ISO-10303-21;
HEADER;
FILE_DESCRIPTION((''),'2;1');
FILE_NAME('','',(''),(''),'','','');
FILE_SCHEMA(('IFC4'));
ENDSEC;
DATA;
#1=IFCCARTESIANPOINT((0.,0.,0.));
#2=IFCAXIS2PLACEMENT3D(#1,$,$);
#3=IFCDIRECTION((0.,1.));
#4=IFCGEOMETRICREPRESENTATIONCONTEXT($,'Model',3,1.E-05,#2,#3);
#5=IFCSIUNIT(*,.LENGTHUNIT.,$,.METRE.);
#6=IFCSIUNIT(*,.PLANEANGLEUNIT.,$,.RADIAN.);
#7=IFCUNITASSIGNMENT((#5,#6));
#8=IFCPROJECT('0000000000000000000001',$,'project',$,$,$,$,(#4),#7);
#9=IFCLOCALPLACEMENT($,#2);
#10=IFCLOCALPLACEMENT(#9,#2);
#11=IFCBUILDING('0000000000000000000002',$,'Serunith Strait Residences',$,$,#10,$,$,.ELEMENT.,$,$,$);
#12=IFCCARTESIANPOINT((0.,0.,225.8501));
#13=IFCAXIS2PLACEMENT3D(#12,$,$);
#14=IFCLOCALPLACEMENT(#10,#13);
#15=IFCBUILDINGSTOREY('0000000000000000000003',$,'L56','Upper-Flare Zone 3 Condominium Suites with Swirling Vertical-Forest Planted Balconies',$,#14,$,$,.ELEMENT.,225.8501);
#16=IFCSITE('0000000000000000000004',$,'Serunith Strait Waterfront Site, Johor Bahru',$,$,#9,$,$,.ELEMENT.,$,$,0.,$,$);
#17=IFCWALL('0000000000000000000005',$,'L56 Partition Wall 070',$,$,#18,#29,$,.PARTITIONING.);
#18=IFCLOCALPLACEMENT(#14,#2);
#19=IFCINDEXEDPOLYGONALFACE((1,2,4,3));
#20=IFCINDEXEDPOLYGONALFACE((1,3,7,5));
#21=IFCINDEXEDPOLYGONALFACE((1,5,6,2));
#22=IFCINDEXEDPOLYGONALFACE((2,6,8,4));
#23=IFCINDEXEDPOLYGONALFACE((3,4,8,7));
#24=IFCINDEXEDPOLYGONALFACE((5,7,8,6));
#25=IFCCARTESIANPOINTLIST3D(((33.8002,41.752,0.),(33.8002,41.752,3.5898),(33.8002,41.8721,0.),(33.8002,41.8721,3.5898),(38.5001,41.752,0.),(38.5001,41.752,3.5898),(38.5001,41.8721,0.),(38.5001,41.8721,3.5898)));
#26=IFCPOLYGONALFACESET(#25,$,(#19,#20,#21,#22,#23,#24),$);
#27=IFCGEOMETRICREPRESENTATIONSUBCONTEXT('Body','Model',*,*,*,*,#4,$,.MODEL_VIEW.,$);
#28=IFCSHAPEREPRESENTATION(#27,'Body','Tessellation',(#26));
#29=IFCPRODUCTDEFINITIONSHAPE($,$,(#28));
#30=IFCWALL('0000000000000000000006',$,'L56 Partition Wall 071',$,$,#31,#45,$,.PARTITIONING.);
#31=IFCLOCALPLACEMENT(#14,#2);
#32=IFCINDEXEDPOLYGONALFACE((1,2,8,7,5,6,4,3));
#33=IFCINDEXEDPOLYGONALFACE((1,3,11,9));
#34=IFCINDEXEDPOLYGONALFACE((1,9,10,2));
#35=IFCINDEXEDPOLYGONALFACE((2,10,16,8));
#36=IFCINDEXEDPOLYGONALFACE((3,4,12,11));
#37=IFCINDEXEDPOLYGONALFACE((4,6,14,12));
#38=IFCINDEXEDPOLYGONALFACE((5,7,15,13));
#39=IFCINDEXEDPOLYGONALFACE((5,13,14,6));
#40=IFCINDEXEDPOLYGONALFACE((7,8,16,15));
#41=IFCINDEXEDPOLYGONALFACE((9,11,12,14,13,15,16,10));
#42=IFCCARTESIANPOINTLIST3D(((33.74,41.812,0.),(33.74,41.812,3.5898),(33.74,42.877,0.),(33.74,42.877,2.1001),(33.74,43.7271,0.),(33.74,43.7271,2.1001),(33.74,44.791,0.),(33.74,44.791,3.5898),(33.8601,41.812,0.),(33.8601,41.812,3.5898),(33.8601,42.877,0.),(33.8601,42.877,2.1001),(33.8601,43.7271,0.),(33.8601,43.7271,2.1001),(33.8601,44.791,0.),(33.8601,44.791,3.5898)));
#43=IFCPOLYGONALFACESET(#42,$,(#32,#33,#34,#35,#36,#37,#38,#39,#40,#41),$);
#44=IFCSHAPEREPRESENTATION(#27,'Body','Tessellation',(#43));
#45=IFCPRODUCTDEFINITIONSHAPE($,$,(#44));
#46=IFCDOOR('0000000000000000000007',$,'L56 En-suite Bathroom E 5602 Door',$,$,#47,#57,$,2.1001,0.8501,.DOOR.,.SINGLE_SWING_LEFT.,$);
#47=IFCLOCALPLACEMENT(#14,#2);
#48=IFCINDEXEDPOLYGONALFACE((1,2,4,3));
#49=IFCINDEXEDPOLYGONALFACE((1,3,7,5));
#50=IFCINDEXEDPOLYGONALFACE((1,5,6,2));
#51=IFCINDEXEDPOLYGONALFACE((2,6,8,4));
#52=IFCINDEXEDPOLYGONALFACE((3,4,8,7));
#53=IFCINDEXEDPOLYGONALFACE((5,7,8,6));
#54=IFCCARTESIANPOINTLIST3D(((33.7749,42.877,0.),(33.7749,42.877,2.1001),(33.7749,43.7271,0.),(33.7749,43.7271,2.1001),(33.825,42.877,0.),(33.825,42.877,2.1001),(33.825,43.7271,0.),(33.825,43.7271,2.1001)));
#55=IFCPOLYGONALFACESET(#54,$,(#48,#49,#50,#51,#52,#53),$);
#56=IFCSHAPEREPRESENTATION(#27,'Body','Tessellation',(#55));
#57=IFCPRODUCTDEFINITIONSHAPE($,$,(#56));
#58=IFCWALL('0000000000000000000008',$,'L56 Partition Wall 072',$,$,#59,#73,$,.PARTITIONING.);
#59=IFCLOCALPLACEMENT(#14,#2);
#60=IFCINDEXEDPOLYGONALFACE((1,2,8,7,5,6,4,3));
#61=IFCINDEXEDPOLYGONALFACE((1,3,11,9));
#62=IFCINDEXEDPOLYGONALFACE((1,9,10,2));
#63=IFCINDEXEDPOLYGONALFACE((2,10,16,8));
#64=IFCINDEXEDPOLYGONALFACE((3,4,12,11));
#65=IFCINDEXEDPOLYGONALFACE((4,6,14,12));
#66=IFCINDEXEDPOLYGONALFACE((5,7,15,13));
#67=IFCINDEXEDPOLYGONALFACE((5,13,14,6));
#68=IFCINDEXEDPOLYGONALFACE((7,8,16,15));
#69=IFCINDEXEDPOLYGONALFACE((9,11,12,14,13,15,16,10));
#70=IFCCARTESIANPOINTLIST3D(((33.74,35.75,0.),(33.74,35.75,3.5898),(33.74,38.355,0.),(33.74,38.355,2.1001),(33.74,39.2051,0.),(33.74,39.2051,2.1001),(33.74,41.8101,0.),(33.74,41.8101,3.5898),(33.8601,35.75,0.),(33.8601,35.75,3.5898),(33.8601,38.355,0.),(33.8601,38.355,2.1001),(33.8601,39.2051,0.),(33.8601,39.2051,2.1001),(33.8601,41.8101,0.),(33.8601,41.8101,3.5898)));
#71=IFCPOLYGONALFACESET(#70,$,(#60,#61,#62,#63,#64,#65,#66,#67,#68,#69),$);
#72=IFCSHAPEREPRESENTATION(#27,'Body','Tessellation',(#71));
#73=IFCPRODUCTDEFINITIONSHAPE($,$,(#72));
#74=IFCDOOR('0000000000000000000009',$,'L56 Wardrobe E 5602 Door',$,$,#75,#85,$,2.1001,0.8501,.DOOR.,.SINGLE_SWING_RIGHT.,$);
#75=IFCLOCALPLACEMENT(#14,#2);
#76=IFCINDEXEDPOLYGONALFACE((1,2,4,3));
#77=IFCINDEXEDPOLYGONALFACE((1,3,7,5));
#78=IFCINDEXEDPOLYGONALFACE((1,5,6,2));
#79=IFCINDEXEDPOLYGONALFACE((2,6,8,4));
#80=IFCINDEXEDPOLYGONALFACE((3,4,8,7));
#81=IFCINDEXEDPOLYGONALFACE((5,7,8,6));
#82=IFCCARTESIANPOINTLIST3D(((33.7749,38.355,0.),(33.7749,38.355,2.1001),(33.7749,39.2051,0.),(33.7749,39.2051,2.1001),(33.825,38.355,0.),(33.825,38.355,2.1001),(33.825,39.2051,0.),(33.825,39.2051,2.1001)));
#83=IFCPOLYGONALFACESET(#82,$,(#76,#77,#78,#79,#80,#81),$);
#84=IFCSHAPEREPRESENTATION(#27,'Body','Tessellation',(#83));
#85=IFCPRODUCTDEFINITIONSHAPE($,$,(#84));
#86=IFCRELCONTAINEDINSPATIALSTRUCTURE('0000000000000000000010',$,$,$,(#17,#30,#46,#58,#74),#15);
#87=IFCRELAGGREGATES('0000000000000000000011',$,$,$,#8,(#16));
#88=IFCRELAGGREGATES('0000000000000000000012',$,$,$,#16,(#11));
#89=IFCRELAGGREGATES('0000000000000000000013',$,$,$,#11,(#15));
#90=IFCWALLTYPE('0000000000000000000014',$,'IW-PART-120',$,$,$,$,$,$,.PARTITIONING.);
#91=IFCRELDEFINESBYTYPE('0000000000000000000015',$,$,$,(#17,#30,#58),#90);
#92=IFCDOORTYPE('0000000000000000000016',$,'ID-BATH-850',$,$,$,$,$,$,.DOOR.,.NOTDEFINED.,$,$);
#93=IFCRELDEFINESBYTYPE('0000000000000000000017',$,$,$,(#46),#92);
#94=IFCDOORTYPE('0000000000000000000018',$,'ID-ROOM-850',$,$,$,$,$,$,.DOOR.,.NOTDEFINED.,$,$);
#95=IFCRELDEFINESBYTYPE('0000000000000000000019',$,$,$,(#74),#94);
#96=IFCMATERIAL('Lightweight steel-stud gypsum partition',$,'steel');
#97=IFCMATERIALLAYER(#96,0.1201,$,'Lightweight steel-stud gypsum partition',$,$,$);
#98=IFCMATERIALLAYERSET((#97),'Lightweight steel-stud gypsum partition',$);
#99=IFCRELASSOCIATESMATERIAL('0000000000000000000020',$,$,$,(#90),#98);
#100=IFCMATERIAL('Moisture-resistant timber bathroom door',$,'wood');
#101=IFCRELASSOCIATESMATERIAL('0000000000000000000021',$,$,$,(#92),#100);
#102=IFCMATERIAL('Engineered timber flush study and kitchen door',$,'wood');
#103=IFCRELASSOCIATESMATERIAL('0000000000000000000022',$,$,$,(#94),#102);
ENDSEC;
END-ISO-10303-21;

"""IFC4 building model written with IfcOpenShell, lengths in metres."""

from ifc_helpers import new_model, si_unit, direction, frame, frame_2d, origin, place, context, subcontext, project, spatial, rectangle, extrude, source, transform, mapped, material, layer, layer_set, type_object, element, fill, save


model = new_model("IFC4")

# Units and contexts
model_context = context("Model", 3, precision=1e-05, world=origin(), true_north=direction((0.0, 1.0)))
body_context = subcontext(model_context, "Body", "Model", "MODEL_VIEW")
ifc_project = project(units=[si_unit("LENGTHUNIT", "METRE"), si_unit("PLANEANGLEUNIT", "RADIAN")], contexts=[model_context])

# Site, building, storey
site_placement = place(None, origin())
site = spatial("IfcSite", under=ifc_project, at=site_placement, Name="Serunith Strait Waterfront Site, Johor Bahru", CompositionType="ELEMENT", RefElevation=0.0)
building_placement = place(site_placement, origin())
building = spatial("IfcBuilding", under=site, at=building_placement, Name="Serunith Strait Residences", CompositionType="ELEMENT")
storey_placement = place(building_placement, frame((0.0, 0.0, 225.8501)))
storey = spatial("IfcBuildingStorey", under=building, at=storey_placement, Name="L56", Description="Upper-Flare Zone 3 Condominium Suites with Swirling Vertical-Forest Planted Balconies", CompositionType="ELEMENT", Elevation=225.8501)

# Shared definitions
ifc_material_1 = material(Name="Lightweight steel-stud gypsum partition", Category="steel")
ifc_layer_1 = layer(ifc_material_1, 0.1201, Name="Lightweight steel-stud gypsum partition")
ifc_layer_set_1 = layer_set([ifc_layer_1], Name="Lightweight steel-stud gypsum partition")
wall_type = type_object("IfcWallType", Name="IW-PART-120", PredefinedType="PARTITIONING", material=ifc_layer_set_1)

# Wall
wall_1_placement = place(storey_placement, frame((33.8, 41.812, 0.0), z_axis=(0.0, 0.0, 1.0), x_axis=(1.0, 0.0, 0.0)))
element("IfcWall", 1, at=wall_1_placement, inside=storey, type_object=wall_type, Name="L56 Partition Wall 070", PredefinedType="PARTITIONING", context=body_context, shape_type="SweptSolid", body=[
    extrude(rectangle(XDim=4.7, YDim=0.1201, at=frame_2d((2.3501, 0.0))), origin(), (0.0, 0.0, 1.0), 3.5898),
])

# Walls, openings, doors
wall_2_placement = place(storey_placement, frame((33.8, 44.791, 0.0), z_axis=(0.0, 0.0, 1.0), x_axis=(0.0, -1.0, 0.0)))
wall_2 = element("IfcWall", 2, at=wall_2_placement, inside=storey, type_object=wall_type, Name="L56 Partition Wall 071", PredefinedType="PARTITIONING", context=body_context, shape_type="SweptSolid", body=[
    extrude(rectangle(XDim=2.979, YDim=0.1201, at=frame_2d((1.4895, 0.0))), origin(), (0.0, 0.0, 1.0), 3.5898),
])
opening_1_placement = place(wall_2_placement, frame((1.064, 0.0, 0.0)))
opening_1 = element("IfcOpeningElement", 3, at=opening_1_placement, cuts=wall_2, PredefinedType="OPENING", context=body_context, shape_type="SweptSolid", body=[
    extrude(rectangle(XDim=0.8501, YDim=2.1001, at=frame_2d((0.425, 1.05))), frame((0.0, 0.0701, 0.0), z_axis=(0.0, -1.0, 0.0), x_axis=(1.0, 0.0, 0.0)), (0.0, 0.0, 1.0), 0.1401),
])
ifc_material_2 = material(Name="Moisture-resistant timber bathroom door", Category="wood")
door_type_1 = type_object("IfcDoorType", Name="ID-BATH-850", OperationType="NOTDEFINED", PredefinedType="DOOR", material=ifc_material_2)
shared_shape_1 = source(origin(), body_context, "Body", "SweptSolid", [
    extrude(rectangle(XDim=0.8501, YDim=2.1001, at=frame_2d((0.425, 1.05))), frame((0.0, 0.0249, 0.0), z_axis=(0.0, -1.0, 0.0), x_axis=(1.0, 0.0, 0.0)), (0.0, 0.0, 1.0), 0.05),
])
door_1_placement = place(opening_1_placement, origin())
door_1 = element("IfcDoor", 4, at=door_1_placement, inside=storey, type_object=door_type_1, Name="L56 En-suite Bathroom E 5602 Door", OperationType="SINGLE_SWING_LEFT", OverallHeight=2.1001, OverallWidth=0.8501, PredefinedType="DOOR", context=body_context, shape_type="MappedRepresentation", body=[
    mapped(shared_shape_1, transform((0.0, 0.0, 0.0), scale=1.0)),
])
fill(opening_1, door_1)
wall_3_placement = place(storey_placement, frame((33.8, 41.8101, 0.0), z_axis=(0.0, 0.0, 1.0), x_axis=(0.0, -1.0, 0.0)))
wall_3 = element("IfcWall", 5, at=wall_3_placement, inside=storey, type_object=wall_type, Name="L56 Partition Wall 072", PredefinedType="PARTITIONING", context=body_context, shape_type="SweptSolid", body=[
    extrude(rectangle(XDim=6.0601, YDim=0.1201, at=frame_2d((3.03, 0.0))), origin(), (0.0, 0.0, 1.0), 3.5898),
])
opening_2_placement = place(wall_3_placement, frame((2.605, 0.0, 0.0)))
opening_2 = element("IfcOpeningElement", 6, at=opening_2_placement, cuts=wall_3, PredefinedType="OPENING", context=body_context, shape_type="SweptSolid", body=[
    extrude(rectangle(XDim=0.8501, YDim=2.1001, at=frame_2d((0.425, 1.05))), frame((0.0, 0.0701, 0.0), z_axis=(0.0, -1.0, 0.0), x_axis=(1.0, 0.0, 0.0)), (0.0, 0.0, 1.0), 0.1401),
])
ifc_material_3 = material(Name="Engineered timber flush study and kitchen door", Category="wood")
door_type_2 = type_object("IfcDoorType", Name="ID-ROOM-850", OperationType="NOTDEFINED", PredefinedType="DOOR", material=ifc_material_3)
door_2_placement = place(opening_2_placement, origin())
door_2 = element("IfcDoor", 7, at=door_2_placement, inside=storey, type_object=door_type_2, Name="L56 Wardrobe E 5602 Door", OperationType="SINGLE_SWING_RIGHT", OverallHeight=2.1001, OverallWidth=0.8501, PredefinedType="DOOR", context=body_context, shape_type="MappedRepresentation", body=[
    mapped(shared_shape_1, transform((0.0, 0.0, 0.0), scale=1.0)),
])
fill(opening_2, door_2)

save(model, "model.ifc")
